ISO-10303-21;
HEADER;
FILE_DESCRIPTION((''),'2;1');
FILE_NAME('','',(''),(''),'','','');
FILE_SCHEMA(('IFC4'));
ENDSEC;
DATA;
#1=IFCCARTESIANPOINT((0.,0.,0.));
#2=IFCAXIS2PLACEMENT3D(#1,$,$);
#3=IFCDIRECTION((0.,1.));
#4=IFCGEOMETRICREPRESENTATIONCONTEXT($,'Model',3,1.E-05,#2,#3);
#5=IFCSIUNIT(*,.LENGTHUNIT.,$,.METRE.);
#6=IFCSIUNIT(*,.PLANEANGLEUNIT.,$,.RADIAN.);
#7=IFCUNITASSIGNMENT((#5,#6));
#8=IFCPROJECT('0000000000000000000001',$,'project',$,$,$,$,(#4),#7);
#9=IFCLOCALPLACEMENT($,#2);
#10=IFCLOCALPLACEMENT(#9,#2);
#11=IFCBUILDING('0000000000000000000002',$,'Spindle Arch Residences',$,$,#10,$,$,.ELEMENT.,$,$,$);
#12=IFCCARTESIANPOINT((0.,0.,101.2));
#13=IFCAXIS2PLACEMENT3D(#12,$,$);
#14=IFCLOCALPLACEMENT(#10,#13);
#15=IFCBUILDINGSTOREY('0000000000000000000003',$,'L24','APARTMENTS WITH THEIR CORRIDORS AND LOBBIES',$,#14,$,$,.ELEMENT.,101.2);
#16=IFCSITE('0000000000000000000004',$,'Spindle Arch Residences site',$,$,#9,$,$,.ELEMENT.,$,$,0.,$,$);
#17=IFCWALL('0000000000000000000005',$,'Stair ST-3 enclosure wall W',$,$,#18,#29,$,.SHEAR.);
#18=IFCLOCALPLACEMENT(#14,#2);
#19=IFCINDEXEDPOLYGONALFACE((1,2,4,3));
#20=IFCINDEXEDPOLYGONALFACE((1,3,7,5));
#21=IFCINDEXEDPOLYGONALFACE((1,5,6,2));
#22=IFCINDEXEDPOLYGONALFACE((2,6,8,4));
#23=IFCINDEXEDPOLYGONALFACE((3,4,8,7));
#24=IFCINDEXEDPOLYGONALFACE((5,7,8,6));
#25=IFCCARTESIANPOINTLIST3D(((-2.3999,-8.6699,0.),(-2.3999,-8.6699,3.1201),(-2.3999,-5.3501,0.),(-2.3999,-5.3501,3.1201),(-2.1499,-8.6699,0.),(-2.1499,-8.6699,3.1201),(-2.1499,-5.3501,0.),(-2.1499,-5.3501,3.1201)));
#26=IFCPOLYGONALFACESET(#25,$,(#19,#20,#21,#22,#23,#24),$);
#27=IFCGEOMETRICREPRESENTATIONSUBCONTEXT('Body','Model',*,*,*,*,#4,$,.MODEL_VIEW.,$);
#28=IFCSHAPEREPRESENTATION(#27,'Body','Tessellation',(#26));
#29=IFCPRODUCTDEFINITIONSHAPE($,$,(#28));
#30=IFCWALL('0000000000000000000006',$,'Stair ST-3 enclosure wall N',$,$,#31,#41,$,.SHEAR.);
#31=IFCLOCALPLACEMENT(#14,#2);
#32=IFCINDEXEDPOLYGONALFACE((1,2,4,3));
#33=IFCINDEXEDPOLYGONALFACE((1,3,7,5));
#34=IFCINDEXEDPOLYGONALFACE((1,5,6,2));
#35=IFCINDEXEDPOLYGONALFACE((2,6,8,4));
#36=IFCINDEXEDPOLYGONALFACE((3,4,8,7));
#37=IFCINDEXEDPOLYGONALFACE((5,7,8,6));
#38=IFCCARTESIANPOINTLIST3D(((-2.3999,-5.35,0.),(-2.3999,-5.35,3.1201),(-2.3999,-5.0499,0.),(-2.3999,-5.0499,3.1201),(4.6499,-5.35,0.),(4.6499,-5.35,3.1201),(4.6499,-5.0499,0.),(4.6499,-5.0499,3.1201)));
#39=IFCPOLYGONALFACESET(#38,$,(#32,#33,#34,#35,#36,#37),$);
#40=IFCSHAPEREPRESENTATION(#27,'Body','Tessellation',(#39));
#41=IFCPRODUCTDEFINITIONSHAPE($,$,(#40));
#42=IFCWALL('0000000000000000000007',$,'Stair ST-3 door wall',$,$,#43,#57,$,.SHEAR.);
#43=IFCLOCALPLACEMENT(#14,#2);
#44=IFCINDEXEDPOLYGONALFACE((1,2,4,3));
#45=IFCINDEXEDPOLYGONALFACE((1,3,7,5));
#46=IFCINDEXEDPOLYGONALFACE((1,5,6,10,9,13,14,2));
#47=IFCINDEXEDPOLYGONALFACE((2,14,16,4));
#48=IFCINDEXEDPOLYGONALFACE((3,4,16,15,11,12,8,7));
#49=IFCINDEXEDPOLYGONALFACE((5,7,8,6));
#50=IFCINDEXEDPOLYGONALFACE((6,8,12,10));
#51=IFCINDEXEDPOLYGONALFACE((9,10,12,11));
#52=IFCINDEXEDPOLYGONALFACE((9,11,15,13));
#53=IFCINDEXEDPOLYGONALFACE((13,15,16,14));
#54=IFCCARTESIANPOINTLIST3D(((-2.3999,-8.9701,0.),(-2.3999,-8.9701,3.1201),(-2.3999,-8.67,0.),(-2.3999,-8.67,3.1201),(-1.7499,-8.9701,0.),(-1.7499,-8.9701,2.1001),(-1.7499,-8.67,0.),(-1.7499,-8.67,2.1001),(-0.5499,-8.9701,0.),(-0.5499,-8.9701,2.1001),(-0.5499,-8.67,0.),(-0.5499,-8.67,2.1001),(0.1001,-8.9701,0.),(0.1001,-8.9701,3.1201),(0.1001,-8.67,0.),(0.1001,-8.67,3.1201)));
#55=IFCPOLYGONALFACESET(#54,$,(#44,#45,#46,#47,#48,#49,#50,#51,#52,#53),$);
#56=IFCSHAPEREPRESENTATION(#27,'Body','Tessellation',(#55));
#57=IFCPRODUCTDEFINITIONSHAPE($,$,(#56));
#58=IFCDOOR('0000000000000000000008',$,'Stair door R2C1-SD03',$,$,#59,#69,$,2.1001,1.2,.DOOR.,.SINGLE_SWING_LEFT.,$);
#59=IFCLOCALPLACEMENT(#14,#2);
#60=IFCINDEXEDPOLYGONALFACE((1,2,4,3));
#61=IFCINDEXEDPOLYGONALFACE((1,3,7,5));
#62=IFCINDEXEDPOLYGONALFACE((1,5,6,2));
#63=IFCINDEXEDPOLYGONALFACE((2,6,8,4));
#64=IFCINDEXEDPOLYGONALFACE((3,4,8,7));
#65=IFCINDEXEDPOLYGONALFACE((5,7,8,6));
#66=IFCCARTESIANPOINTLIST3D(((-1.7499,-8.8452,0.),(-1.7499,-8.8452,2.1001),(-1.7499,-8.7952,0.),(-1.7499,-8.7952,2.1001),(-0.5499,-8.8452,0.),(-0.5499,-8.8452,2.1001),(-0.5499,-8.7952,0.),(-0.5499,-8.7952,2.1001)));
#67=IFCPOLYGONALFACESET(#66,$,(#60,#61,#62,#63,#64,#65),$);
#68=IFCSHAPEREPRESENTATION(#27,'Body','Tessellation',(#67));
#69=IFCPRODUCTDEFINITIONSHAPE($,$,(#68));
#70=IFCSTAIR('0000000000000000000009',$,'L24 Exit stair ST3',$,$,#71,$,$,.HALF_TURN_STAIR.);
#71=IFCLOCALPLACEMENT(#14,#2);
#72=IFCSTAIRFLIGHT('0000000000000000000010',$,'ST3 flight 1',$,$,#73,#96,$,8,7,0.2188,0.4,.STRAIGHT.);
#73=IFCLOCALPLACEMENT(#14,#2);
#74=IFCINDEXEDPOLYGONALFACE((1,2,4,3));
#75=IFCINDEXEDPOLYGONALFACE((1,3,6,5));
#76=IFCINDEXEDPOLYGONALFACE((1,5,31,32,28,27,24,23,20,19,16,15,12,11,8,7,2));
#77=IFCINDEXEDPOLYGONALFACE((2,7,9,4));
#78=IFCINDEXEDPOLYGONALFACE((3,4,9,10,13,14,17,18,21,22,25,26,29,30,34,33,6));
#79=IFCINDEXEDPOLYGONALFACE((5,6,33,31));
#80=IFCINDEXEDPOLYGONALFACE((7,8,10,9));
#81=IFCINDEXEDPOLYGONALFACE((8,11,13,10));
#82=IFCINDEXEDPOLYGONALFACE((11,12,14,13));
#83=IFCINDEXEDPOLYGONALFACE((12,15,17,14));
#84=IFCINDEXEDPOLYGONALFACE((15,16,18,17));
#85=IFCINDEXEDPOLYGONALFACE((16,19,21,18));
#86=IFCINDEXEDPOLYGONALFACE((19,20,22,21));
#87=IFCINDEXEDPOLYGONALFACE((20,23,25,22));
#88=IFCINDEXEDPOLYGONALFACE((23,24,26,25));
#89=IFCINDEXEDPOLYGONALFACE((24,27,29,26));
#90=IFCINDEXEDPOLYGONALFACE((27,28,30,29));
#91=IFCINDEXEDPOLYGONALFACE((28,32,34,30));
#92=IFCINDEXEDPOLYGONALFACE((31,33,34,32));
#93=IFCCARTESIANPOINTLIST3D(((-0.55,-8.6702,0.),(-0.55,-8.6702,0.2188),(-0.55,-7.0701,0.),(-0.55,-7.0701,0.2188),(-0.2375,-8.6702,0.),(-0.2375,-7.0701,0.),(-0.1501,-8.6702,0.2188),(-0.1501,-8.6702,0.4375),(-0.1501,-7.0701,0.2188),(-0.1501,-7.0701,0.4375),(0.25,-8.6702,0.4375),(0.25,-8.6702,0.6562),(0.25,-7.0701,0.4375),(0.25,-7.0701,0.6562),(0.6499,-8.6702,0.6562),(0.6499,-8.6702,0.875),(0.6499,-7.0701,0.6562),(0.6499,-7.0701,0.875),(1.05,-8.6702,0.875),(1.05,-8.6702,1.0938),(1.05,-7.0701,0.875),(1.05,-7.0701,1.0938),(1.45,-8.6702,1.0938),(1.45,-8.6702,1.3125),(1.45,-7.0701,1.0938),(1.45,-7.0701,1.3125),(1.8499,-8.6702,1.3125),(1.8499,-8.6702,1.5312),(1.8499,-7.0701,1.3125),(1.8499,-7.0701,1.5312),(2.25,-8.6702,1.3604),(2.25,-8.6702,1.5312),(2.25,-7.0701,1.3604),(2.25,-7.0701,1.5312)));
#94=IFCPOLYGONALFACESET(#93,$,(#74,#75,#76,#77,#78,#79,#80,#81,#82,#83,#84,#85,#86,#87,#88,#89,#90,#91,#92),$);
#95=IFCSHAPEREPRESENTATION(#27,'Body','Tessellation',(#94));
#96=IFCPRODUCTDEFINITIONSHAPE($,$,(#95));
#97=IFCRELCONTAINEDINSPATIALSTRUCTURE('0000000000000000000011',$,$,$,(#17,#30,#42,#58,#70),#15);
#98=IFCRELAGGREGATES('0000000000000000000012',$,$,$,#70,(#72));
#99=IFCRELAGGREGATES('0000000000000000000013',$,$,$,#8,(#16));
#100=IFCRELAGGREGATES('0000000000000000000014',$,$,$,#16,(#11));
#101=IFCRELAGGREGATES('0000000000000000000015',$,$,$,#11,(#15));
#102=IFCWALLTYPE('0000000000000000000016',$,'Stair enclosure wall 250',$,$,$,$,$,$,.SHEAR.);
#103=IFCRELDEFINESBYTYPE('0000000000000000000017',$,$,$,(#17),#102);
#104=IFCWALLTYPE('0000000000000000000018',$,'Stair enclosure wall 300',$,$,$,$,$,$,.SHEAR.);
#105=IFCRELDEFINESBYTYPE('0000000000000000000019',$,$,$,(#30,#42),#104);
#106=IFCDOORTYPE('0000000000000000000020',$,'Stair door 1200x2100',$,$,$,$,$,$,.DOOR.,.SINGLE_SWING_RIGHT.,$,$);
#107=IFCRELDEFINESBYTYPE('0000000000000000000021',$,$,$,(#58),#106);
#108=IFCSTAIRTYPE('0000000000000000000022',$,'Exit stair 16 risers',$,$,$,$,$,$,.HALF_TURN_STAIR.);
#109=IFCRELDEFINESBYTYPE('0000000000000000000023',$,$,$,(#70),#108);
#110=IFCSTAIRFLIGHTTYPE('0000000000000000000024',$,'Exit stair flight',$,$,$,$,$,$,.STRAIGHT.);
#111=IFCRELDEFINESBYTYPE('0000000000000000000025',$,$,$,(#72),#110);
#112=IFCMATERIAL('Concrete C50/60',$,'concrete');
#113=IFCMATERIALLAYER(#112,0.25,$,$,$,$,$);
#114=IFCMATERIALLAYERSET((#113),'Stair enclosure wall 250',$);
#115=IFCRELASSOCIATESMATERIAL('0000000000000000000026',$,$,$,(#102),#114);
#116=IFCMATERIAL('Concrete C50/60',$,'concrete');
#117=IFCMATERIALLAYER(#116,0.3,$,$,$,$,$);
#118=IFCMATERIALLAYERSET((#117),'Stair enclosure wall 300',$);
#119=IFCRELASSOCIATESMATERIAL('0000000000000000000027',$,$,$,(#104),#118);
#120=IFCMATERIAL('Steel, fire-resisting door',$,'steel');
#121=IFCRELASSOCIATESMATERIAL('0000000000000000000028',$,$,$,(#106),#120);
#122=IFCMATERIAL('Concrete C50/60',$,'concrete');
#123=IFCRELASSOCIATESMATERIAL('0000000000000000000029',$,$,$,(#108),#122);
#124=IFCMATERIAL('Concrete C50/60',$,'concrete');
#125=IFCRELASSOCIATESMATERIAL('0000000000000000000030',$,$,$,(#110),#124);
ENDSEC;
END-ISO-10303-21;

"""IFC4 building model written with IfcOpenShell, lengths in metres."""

from ifc_helpers import new_model, si_unit, direction, frame, frame_2d, origin, place, context, subcontext, project, spatial, polyline, rectangle, outline, extrude, material, layer, layer_set, type_object, element, fill, aggregate, save


model = new_model("IFC4")

# Units and contexts
model_context = context("Model", 3, precision=1e-05, world=origin(), true_north=direction((0.0, 1.0)))
body_context = subcontext(model_context, "Body", "Model", "MODEL_VIEW")
ifc_project = project(units=[si_unit("LENGTHUNIT", "METRE"), si_unit("PLANEANGLEUNIT", "RADIAN")], contexts=[model_context])

# Site, building, storey
site_placement = place(None, origin())
site = spatial("IfcSite", under=ifc_project, at=site_placement, Name="Spindle Arch Residences site", CompositionType="ELEMENT", RefElevation=0.0)
building_placement = place(site_placement, origin())
building = spatial("IfcBuilding", under=site, at=building_placement, Name="Spindle Arch Residences", CompositionType="ELEMENT")
storey_placement = place(building_placement, frame((0.0, 0.0, 101.2)))
storey = spatial("IfcBuildingStorey", under=building, at=storey_placement, Name="L24", Description="APARTMENTS WITH THEIR CORRIDORS AND LOBBIES", CompositionType="ELEMENT", Elevation=101.2)

# Walls
ifc_material_1 = material(Name="Concrete C50/60", Category="concrete")
ifc_layer_1 = layer(ifc_material_1, 0.25)
ifc_layer_set_1 = layer_set([ifc_layer_1], Name="Stair enclosure wall 250")
wall_type_1 = type_object("IfcWallType", Name="Stair enclosure wall 250", PredefinedType="SHEAR", material=ifc_layer_set_1)
wall_1_placement = place(storey_placement, frame((-2.2749, -8.6699, 0.0), z_axis=(0.0, 0.0, 1.0), x_axis=(0.0, 1.0, 0.0)))
element("IfcWall", 1, at=wall_1_placement, inside=storey, type_object=wall_type_1, Name="Stair ST-3 enclosure wall W", PredefinedType="SHEAR", context=body_context, shape_type="SweptSolid", body=[
    extrude(rectangle(XDim=3.3198, YDim=0.25, at=frame_2d((1.6599, 0.0))), origin(), (0.0, 0.0, 1.0), 3.1201),
])
ifc_material_2 = material(Name="Concrete C50/60", Category="concrete")
ifc_layer_2 = layer(ifc_material_2, 0.3)
ifc_layer_set_2 = layer_set([ifc_layer_2], Name="Stair enclosure wall 300")
wall_type_2 = type_object("IfcWallType", Name="Stair enclosure wall 300", PredefinedType="SHEAR", material=ifc_layer_set_2)
wall_2_placement = place(storey_placement, frame((-2.3999, -5.2, 0.0), z_axis=(0.0, 0.0, 1.0), x_axis=(1.0, 0.0, 0.0)))
element("IfcWall", 2, at=wall_2_placement, inside=storey, type_object=wall_type_2, Name="Stair ST-3 enclosure wall N", PredefinedType="SHEAR", context=body_context, shape_type="SweptSolid", body=[
    extrude(rectangle(XDim=7.0498, YDim=0.3, at=frame_2d((3.5249, 0.0))), origin(), (0.0, 0.0, 1.0), 3.1201),
])

# Wall, opening, door
wall_3_placement = place(storey_placement, frame((-2.3999, -8.8201, 0.0), z_axis=(0.0, 0.0, 1.0), x_axis=(1.0, 0.0, 0.0)))
wall_3 = element("IfcWall", 3, at=wall_3_placement, inside=storey, type_object=wall_type_2, Name="Stair ST-3 door wall", PredefinedType="SHEAR", context=body_context, shape_type="SweptSolid", body=[
    extrude(rectangle(XDim=2.5, YDim=0.3, at=frame_2d((1.25, 0.0))), origin(), (0.0, 0.0, 1.0), 3.1201),
])
opening_1_placement = place(wall_3_placement, frame((0.6499, 0.0, 0.0)))
opening_1 = element("IfcOpeningElement", 4, at=opening_1_placement, cuts=wall_3, PredefinedType="OPENING", context=body_context, shape_type="SweptSolid", body=[
    extrude(rectangle(XDim=1.2, YDim=2.1001, at=frame_2d((0.6001, 1.05))), frame((0.0, 0.1602, 0.0), z_axis=(0.0, -1.0, 0.0), x_axis=(1.0, 0.0, 0.0)), (0.0, 0.0, 1.0), 0.3201),
])
ifc_material_3 = material(Name="Steel, fire-resisting door", Category="steel")
door_type_1 = type_object("IfcDoorType", Name="Stair door 1200x2100", OperationType="SINGLE_SWING_RIGHT", PredefinedType="DOOR", material=ifc_material_3)
door_1_placement = place(opening_1_placement, origin())
door_1 = element("IfcDoor", 5, at=door_1_placement, inside=storey, type_object=door_type_1, Name="Stair door R2C1-SD03", OperationType="SINGLE_SWING_LEFT", OverallHeight=2.1001, OverallWidth=1.2, PredefinedType="DOOR", context=body_context, shape_type="SweptSolid", body=[
    extrude(rectangle(XDim=1.2, YDim=2.1001, at=frame_2d((0.6001, 1.05))), frame((0.0, 0.0249, 0.0), z_axis=(0.0, -1.0, 0.0), x_axis=(1.0, 0.0, 0.0)), (0.0, 0.0, 1.0), 0.05),
])
fill(opening_1, door_1)

# Stair, stair flight
ifc_material_4 = material(Name="Concrete C50/60", Category="concrete")
stair_type = type_object("IfcStairType", Name="Exit stair 16 risers", PredefinedType="HALF_TURN_STAIR", material=ifc_material_4)
stair_placement = place(storey_placement, origin())
stair = element("IfcStair", 6, at=stair_placement, inside=storey, type_object=stair_type, Name="L24 Exit stair ST3", PredefinedType="HALF_TURN_STAIR")
ifc_material_5 = material(Name="Concrete C50/60", Category="concrete")
stair_flight_type = type_object("IfcStairFlightType", Name="Exit stair flight", PredefinedType="STRAIGHT", material=ifc_material_5)
stair_flight_placement = place(storey_placement, frame((-0.55, -7.8701, 0.0), z_axis=(0.0, 0.0, 1.0), x_axis=(1.0, 0.0, 0.0)))
stair_flight = element("IfcStairFlight", 7, at=stair_flight_placement, type_object=stair_flight_type, Name="ST3 flight 1", NumberOfRisers=8, NumberOfTreads=7, PredefinedType="STRAIGHT", RiserHeight=0.2188, TreadLength=0.4, context=body_context, shape_type="SweptSolid", body=[
    extrude(outline(polyline([(0.0, 0.0), (0.0, 0.2188), (0.3999, 0.2188), (0.3999, 0.4375), (0.8, 0.4375), (0.8, 0.6562), (1.2, 0.6562), (1.2, 0.875), (1.6001, 0.875), (1.6001, 1.0938), (2.0, 1.0938), (2.0, 1.3125), (2.3999, 1.3125), (2.3999, 1.5312), (2.8, 1.5312), (2.8, 1.75), (2.8, 1.3604), (0.3125, 0.0), (0.0, 0.0)])), frame((0.0, 0.8, 0.0), z_axis=(0.0, -1.0, 0.0), x_axis=(1.0, 0.0, 0.0)), (0.0, 0.0, 1.0), 1.6001),
])
aggregate(stair, [stair_flight])

save(model, "model.ifc")
